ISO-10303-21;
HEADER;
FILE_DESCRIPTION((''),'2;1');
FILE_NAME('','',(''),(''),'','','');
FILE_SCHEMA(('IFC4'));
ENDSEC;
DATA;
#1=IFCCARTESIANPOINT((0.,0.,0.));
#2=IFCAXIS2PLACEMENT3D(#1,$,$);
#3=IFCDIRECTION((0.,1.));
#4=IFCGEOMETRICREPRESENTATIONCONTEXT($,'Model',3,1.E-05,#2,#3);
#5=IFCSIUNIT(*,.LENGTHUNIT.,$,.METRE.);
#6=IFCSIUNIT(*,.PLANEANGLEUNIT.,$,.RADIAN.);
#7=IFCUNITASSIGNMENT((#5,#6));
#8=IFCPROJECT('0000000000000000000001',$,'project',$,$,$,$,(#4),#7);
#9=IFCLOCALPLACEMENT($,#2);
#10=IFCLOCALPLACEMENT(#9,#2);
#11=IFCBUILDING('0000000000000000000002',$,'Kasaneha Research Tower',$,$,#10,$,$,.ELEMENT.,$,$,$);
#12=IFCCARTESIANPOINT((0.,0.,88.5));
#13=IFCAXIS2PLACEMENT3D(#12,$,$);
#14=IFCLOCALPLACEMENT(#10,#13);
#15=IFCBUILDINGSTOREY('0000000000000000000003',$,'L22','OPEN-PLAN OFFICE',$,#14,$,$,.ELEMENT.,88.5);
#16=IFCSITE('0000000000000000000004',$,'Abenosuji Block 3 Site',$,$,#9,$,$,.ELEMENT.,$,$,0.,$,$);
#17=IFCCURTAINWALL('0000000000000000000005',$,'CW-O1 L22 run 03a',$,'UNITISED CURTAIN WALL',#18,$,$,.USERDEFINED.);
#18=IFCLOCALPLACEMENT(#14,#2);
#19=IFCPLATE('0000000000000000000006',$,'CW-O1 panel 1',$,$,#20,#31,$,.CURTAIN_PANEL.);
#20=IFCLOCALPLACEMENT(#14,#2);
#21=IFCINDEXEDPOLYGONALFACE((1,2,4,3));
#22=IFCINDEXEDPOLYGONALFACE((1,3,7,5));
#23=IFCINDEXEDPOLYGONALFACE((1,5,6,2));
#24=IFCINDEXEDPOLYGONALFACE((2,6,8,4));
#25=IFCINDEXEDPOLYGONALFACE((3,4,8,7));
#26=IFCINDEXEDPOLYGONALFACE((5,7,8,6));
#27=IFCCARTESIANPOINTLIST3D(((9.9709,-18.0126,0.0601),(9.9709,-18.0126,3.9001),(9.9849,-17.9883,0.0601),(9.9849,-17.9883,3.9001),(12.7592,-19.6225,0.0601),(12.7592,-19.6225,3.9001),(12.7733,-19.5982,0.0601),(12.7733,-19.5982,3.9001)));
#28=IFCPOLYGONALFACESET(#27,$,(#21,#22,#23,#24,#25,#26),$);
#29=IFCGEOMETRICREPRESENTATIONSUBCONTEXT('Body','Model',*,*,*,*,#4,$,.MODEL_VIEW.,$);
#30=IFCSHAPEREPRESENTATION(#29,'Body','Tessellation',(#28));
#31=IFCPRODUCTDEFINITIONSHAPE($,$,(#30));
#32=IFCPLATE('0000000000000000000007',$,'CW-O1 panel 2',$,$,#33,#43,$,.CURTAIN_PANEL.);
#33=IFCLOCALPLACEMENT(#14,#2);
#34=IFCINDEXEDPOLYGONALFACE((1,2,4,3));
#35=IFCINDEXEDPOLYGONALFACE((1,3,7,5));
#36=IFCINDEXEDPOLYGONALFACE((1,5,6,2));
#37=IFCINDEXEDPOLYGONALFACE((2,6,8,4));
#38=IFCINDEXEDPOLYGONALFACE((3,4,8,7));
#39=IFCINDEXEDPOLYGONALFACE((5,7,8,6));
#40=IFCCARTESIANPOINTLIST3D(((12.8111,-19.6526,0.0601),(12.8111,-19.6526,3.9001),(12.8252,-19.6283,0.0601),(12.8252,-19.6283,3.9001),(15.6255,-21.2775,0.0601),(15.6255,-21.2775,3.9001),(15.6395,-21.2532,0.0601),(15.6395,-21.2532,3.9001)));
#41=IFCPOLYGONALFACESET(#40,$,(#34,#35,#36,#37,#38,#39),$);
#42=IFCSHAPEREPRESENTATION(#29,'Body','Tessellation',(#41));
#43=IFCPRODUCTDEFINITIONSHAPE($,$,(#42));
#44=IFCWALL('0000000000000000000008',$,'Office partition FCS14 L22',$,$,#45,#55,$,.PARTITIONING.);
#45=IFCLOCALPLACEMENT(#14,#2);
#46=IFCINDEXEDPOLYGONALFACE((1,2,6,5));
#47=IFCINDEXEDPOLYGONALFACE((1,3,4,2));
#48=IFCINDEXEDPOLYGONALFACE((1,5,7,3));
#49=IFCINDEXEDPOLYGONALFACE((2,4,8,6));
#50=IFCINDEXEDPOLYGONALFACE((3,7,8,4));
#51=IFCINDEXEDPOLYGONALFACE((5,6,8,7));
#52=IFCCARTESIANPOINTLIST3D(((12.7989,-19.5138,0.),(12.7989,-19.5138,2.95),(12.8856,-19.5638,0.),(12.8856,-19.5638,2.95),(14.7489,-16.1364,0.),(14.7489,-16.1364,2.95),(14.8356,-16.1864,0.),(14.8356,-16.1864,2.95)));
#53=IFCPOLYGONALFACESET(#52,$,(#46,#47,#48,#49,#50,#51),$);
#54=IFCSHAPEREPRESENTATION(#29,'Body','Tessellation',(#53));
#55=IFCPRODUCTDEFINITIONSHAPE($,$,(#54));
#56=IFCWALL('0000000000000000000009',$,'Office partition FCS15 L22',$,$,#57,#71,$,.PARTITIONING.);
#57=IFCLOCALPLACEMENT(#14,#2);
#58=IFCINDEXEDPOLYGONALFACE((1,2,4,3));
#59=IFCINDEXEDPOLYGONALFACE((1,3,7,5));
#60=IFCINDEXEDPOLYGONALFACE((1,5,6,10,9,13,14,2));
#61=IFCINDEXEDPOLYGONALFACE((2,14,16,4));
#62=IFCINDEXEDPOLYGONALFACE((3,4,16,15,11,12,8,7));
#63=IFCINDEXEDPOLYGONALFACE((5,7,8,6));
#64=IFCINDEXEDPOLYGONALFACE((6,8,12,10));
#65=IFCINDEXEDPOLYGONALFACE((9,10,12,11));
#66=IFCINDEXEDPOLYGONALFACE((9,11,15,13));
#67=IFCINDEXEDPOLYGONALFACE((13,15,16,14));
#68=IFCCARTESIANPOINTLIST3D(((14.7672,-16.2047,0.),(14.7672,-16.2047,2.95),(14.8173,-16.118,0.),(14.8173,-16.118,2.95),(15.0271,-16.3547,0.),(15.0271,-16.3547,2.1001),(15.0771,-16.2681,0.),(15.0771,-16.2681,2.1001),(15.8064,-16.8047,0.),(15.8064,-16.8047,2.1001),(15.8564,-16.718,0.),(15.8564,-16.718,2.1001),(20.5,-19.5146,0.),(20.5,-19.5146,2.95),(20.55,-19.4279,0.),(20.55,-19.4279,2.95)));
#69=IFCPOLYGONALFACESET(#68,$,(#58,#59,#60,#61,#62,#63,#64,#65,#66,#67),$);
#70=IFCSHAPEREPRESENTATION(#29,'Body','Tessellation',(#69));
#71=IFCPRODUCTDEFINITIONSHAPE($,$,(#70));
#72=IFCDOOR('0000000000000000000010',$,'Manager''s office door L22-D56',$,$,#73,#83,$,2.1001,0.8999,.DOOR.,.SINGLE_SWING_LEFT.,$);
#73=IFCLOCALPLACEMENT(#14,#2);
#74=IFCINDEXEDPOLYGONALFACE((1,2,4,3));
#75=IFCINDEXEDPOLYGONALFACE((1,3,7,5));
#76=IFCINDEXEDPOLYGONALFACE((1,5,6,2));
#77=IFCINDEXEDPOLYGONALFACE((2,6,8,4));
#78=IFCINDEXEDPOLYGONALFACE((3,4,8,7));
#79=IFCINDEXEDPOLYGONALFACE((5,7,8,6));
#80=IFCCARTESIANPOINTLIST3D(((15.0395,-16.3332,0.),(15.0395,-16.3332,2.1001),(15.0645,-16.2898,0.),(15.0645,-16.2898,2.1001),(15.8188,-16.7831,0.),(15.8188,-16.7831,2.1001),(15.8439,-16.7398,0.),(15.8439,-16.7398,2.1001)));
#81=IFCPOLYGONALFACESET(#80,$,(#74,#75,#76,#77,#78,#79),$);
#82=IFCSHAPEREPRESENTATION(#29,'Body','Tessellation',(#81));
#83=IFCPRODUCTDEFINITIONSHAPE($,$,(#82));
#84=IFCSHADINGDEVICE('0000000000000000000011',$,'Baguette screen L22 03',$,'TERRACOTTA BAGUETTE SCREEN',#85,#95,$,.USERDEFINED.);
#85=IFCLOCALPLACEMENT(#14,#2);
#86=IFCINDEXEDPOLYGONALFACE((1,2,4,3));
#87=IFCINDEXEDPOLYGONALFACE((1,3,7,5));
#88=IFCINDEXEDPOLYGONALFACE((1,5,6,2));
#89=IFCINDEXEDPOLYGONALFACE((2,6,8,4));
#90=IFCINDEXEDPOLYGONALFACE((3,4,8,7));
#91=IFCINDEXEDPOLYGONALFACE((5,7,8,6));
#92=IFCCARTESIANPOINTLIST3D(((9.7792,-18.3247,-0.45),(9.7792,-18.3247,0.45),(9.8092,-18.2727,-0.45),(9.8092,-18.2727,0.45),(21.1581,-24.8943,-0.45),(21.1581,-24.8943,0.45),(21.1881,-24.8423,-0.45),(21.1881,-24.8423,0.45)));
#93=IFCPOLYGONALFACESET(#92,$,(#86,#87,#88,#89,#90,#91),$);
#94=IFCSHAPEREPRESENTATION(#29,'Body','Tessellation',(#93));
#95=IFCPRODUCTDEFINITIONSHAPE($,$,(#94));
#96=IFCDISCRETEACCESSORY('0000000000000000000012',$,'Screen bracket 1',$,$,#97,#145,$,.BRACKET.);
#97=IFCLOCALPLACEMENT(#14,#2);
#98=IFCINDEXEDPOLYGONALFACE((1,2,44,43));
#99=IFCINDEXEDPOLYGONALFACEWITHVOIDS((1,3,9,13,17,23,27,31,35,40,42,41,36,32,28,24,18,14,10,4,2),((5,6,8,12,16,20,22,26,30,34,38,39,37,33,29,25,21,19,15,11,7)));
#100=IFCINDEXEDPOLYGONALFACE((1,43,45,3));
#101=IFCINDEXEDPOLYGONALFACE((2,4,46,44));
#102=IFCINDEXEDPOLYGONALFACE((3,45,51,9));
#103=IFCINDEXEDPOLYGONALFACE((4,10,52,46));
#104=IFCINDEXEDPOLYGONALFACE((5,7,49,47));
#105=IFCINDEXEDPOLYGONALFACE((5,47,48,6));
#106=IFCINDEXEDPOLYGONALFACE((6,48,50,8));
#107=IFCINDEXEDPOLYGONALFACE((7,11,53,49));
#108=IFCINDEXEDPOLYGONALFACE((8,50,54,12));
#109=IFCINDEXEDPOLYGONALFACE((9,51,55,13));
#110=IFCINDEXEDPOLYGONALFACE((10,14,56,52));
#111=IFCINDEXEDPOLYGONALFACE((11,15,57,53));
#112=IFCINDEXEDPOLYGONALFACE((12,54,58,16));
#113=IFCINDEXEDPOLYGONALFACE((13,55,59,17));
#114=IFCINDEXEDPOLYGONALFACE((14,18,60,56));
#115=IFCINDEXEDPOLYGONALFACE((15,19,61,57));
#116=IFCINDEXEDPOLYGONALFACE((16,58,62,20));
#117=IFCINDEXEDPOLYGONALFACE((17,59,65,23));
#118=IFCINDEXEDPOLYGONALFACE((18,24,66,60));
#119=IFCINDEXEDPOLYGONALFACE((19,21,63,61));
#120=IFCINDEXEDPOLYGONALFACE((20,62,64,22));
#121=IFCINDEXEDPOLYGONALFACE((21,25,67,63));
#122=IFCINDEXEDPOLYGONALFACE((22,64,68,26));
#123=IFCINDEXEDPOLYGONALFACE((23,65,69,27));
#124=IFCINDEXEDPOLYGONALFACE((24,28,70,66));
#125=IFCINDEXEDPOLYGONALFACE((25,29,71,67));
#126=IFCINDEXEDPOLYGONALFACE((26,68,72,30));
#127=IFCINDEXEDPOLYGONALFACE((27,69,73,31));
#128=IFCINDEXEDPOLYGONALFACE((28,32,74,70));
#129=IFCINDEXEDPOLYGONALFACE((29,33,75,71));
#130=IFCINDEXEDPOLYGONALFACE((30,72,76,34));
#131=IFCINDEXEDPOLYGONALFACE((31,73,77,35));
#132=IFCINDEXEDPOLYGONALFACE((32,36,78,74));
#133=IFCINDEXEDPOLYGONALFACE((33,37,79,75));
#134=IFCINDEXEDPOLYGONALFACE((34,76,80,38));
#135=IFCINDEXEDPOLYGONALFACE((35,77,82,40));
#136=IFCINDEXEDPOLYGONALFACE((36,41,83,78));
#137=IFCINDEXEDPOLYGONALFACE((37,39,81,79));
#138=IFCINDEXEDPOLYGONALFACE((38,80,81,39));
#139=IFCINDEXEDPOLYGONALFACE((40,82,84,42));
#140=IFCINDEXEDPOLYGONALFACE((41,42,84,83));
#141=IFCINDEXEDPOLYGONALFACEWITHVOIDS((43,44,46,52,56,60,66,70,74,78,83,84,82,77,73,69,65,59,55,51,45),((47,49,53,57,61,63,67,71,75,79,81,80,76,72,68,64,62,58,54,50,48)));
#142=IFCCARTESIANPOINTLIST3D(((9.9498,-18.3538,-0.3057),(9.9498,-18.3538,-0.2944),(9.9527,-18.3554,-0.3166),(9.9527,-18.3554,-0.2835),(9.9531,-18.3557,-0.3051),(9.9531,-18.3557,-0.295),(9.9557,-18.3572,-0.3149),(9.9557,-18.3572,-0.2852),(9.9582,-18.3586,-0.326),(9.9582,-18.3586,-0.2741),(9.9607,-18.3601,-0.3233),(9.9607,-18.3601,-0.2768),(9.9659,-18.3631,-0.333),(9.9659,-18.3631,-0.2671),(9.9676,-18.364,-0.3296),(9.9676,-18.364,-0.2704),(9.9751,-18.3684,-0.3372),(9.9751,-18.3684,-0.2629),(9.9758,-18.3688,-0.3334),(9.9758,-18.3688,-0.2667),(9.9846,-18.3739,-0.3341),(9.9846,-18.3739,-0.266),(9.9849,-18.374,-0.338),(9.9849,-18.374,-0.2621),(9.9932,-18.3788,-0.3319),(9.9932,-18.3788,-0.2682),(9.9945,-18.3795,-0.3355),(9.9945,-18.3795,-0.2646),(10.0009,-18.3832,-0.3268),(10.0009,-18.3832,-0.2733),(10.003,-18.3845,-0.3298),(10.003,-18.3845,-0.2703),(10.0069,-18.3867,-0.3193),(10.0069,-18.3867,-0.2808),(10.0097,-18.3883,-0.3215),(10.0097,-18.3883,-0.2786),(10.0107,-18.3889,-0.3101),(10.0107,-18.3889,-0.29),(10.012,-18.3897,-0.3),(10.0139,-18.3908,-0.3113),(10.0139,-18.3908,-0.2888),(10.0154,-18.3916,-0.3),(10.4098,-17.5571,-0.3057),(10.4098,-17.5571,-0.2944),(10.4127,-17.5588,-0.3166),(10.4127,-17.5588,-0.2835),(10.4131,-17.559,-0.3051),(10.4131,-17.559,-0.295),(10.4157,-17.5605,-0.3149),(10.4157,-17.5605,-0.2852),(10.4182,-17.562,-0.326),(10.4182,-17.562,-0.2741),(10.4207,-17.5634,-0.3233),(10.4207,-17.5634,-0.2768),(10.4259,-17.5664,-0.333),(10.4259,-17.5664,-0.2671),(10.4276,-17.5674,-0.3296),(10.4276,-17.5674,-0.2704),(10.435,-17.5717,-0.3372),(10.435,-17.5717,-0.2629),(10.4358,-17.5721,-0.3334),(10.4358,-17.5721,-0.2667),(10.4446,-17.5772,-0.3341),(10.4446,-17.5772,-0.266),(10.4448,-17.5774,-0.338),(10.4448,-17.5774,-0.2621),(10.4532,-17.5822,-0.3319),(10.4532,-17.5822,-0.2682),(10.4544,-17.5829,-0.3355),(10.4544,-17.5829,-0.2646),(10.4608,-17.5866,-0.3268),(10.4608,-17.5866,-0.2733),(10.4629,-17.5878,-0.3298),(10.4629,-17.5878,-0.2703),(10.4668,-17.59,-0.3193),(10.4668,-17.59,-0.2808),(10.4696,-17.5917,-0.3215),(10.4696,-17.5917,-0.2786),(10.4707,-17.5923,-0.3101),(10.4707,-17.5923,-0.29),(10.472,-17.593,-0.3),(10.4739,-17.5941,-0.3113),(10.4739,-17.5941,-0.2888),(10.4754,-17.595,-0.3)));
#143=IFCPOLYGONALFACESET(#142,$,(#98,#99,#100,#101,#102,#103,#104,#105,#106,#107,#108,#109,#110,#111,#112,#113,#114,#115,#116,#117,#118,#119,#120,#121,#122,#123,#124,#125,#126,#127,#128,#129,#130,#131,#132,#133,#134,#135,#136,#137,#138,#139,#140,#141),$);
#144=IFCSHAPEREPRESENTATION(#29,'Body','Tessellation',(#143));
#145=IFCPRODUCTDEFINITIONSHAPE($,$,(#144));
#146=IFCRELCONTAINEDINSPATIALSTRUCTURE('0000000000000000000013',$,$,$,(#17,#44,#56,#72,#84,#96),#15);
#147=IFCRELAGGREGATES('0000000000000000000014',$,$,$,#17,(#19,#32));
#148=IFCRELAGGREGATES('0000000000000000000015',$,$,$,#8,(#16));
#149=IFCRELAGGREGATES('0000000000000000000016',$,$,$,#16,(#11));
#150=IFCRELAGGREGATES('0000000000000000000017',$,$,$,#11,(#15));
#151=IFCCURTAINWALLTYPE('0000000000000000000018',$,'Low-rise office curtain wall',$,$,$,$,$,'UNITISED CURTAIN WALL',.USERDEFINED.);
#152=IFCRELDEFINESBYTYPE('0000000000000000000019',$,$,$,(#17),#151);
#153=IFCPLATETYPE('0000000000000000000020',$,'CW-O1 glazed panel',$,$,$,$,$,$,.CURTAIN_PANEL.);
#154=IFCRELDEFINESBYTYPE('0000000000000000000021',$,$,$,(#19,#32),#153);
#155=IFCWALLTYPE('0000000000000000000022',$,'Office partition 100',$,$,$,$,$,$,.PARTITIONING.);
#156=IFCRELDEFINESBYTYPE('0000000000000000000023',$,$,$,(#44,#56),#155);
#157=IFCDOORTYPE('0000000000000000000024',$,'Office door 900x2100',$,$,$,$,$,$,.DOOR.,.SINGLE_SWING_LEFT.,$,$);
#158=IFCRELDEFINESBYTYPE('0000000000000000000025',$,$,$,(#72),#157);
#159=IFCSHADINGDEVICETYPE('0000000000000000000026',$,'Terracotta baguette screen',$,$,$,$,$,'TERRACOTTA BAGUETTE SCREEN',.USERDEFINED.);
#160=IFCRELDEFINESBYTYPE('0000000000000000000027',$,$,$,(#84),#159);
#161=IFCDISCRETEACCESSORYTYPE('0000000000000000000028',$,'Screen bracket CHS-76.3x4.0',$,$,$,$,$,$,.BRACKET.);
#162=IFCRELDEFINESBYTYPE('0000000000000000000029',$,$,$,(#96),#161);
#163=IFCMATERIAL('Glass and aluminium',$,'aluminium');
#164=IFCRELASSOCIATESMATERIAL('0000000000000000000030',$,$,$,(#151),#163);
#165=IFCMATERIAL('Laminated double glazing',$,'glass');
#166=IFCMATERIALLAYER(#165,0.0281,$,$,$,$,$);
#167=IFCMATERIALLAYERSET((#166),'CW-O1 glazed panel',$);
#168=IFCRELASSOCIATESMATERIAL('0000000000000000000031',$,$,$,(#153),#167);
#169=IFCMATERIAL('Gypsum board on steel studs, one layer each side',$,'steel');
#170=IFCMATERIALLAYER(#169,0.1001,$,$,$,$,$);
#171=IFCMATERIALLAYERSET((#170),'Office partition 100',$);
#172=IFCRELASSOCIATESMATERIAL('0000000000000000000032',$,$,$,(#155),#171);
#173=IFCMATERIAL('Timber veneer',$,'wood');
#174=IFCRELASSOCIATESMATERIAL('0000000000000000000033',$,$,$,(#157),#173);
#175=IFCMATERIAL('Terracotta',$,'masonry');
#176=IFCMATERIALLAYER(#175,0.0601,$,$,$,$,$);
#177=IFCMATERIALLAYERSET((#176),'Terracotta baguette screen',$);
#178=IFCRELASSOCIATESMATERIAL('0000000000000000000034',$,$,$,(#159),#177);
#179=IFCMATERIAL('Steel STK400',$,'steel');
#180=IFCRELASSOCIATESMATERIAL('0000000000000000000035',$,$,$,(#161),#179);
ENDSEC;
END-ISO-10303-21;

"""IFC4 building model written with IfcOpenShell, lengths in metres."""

from ifc_helpers import new_model, si_unit, direction, frame, frame_2d, origin, origin_2d, place, context, subcontext, project, spatial, rectangle, hollow_circle, extrude, material, layer, layer_set, material_profile, profile_set, type_object, element, fill, aggregate, save


model = new_model("IFC4")

# Units and contexts
model_context = context("Model", 3, precision=1e-05, world=origin(), true_north=direction((0.0, 1.0)))
body_context = subcontext(model_context, "Body", "Model", "MODEL_VIEW")
ifc_project = project(units=[si_unit("LENGTHUNIT", "METRE"), si_unit("PLANEANGLEUNIT", "RADIAN")], contexts=[model_context])

# Site, building, storey
site_placement = place(None, origin())
site = spatial("IfcSite", under=ifc_project, at=site_placement, Name="Abenosuji Block 3 Site", CompositionType="ELEMENT", RefElevation=0.0)
building_placement = place(site_placement, origin())
building = spatial("IfcBuilding", under=site, at=building_placement, Name="Kasaneha Research Tower", CompositionType="ELEMENT")
storey_placement = place(building_placement, frame((0.0, 0.0, 88.5)))
storey = spatial("IfcBuildingStorey", under=building, at=storey_placement, Name="L22", Description="OPEN-PLAN OFFICE", CompositionType="ELEMENT", Elevation=88.5)

# Curtain wall
ifc_material_1 = material(Name="Glass and aluminium", Category="aluminium")
curtain_wall_type = type_object("IfcCurtainWallType", Name="Low-rise office curtain wall", ElementType="UNITISED CURTAIN WALL", PredefinedType="USERDEFINED", material=ifc_material_1)
curtain_wall_placement = place(storey_placement, origin())
curtain_wall = element("IfcCurtainWall", 1, at=curtain_wall_placement, inside=storey, type_object=curtain_wall_type, Name="CW-O1 L22 run 03a", ObjectType="UNITISED CURTAIN WALL", PredefinedType="USERDEFINED")

# Plates
ifc_material_2 = material(Name="Laminated double glazing", Category="glass")
ifc_layer_1 = layer(ifc_material_2, 0.0281)
ifc_layer_set_1 = layer_set([ifc_layer_1], Name="CW-O1 glazed panel")
plate_type = type_object("IfcPlateType", Name="CW-O1 glazed panel", PredefinedType="CURTAIN_PANEL", material=ifc_layer_set_1)
plate_1_placement = place(storey_placement, frame((11.3721, -18.8054, 0.0601), z_axis=(0.0, 0.0, 1.0), x_axis=(0.866025, -0.5, 0.0)))
plate_1 = element("IfcPlate", 2, at=plate_1_placement, type_object=plate_type, Name="CW-O1 panel 1", PredefinedType="CURTAIN_PANEL", context=body_context, shape_type="SweptSolid", body=[
    extrude(rectangle(XDim=3.2197, YDim=0.0281, at=origin_2d()), origin(), (0.0, 0.0, 1.0), 3.8401),
])
plate_2_placement = place(storey_placement, frame((14.2253, -20.4529, 0.0601), z_axis=(0.0, 0.0, 1.0), x_axis=(0.866025, -0.5, 0.0)))
plate_2 = element("IfcPlate", 3, at=plate_2_placement, type_object=plate_type, Name="CW-O1 panel 2", PredefinedType="CURTAIN_PANEL", context=body_context, shape_type="SweptSolid", body=[
    extrude(rectangle(XDim=3.2498, YDim=0.0281, at=origin_2d()), origin(), (0.0, 0.0, 1.0), 3.8401),
])
aggregate(curtain_wall, [plate_1, plate_2])

# Wall
ifc_material_3 = material(Name="Gypsum board on steel studs, one layer each side", Category="steel")
ifc_layer_2 = layer(ifc_material_3, 0.1001)
ifc_layer_set_2 = layer_set([ifc_layer_2], Name="Office partition 100")
wall_type = type_object("IfcWallType", Name="Office partition 100", PredefinedType="PARTITIONING", material=ifc_layer_set_2)
wall_1_placement = place(storey_placement, frame((12.8423, -19.5388, 0.0), z_axis=(0.0, 0.0, 1.0), x_axis=(0.499997, 0.866027, 0.0)))
element("IfcWall", 4, at=wall_1_placement, inside=storey, type_object=wall_type, Name="Office partition FCS14 L22", PredefinedType="PARTITIONING", context=body_context, shape_type="SweptSolid", body=[
    extrude(rectangle(XDim=3.8999, YDim=0.1001, at=frame_2d((1.95, 0.0))), origin(), (0.0, 0.0, 1.0), 2.95),
])

# Wall, opening, door
wall_2_placement = place(storey_placement, frame((14.7922, -16.1614, 0.0), z_axis=(0.0, 0.0, 1.0), x_axis=(0.866022, -0.500007, 0.0)))
wall_2 = element("IfcWall", 5, at=wall_2_placement, inside=storey, type_object=wall_type, Name="Office partition FCS15 L22", PredefinedType="PARTITIONING", context=body_context, shape_type="SweptSolid", body=[
    extrude(rectangle(XDim=6.6196, YDim=0.1001, at=frame_2d((3.3098, 0.0))), origin(), (0.0, 0.0, 1.0), 2.95),
])
opening_placement = place(wall_2_placement, frame((0.3, 0.0, 0.0)))
opening = element("IfcOpeningElement", 6, at=opening_placement, cuts=wall_2, PredefinedType="OPENING", context=body_context, shape_type="SweptSolid", body=[
    extrude(rectangle(XDim=0.8999, YDim=2.1001, at=frame_2d((0.45, 1.05))), frame((0.0, 0.0601, 0.0), z_axis=(0.0, -1.0, 0.0), x_axis=(1.0, 0.0, 0.0)), (0.0, 0.0, 1.0), 0.1201),
])
ifc_material_4 = material(Name="Timber veneer", Category="wood")
door_type = type_object("IfcDoorType", Name="Office door 900x2100", OperationType="SINGLE_SWING_LEFT", PredefinedType="DOOR", material=ifc_material_4)
door_placement = place(opening_placement, origin())
door = element("IfcDoor", 7, at=door_placement, inside=storey, type_object=door_type, Name="Manager's office door L22-D56", OperationType="SINGLE_SWING_LEFT", OverallHeight=2.1001, OverallWidth=0.8999, PredefinedType="DOOR", context=body_context, shape_type="SweptSolid", body=[
    extrude(rectangle(XDim=0.8999, YDim=2.1001, at=frame_2d((0.45, 1.05))), frame((0.0, 0.0249, 0.0), z_axis=(0.0, -1.0, 0.0), x_axis=(1.0, 0.0, 0.0)), (0.0, 0.0, 1.0), 0.05),
])
fill(opening, door)

# Shading device
ifc_material_5 = material(Name="Terracotta", Category="masonry")
ifc_layer_3 = layer(ifc_material_5, 0.0601)
ifc_layer_set_3 = layer_set([ifc_layer_3], Name="Terracotta baguette screen")
shading_device_type = type_object("IfcShadingDeviceType", Name="Terracotta baguette screen", ElementType="TERRACOTTA BAGUETTE SCREEN", PredefinedType="USERDEFINED", material=ifc_layer_set_3)
shading_device_placement = place(storey_placement, frame((15.4836, -21.5835, -0.45), z_axis=(0.0, 0.0, 1.0), x_axis=(0.866025, -0.5, 0.0)))
element("IfcShadingDevice", 8, at=shading_device_placement, inside=storey, type_object=shading_device_type, Name="Baguette screen L22 03", ObjectType="TERRACOTTA BAGUETTE SCREEN", PredefinedType="USERDEFINED", context=body_context, shape_type="SweptSolid", body=[
    extrude(rectangle(XDim=13.1392, YDim=0.0601, at=origin_2d()), origin(), (0.0, 0.0, 1.0), 0.8999),
])

# Discrete accessory
ifc_material_6 = material(Name="Steel STK400", Category="steel")
ifc_material_profile_1 = material_profile(ifc_material_6, hollow_circle(Radius=0.0381, WallThickness=0.0039, at=origin_2d()), Name="CHS-76.3x4.0")
ifc_profile_set_1 = profile_set([ifc_material_profile_1], Name="Steel STK400")
discrete_accessory_type = type_object("IfcDiscreteAccessoryType", Name="Screen bracket CHS-76.3x4.0", PredefinedType="BRACKET", material=ifc_profile_set_1)
discrete_accessory_1_placement = place(storey_placement, frame((10.4424, -17.5759, -0.3), z_axis=(-0.500021, -0.866013, 0.0), x_axis=(0.866013, -0.500021, 0.0)))
element("IfcDiscreteAccessory", 9, at=discrete_accessory_1_placement, inside=storey, type_object=discrete_accessory_type, Name="Screen bracket 1", PredefinedType="BRACKET", context=body_context, shape_type="SweptSolid", body=[
    extrude(hollow_circle(Radius=0.0381, WallThickness=0.0039, at=origin_2d()), origin(), (0.0, 0.0, 1.0), 0.9199),
])

save(model, "model.ifc")
